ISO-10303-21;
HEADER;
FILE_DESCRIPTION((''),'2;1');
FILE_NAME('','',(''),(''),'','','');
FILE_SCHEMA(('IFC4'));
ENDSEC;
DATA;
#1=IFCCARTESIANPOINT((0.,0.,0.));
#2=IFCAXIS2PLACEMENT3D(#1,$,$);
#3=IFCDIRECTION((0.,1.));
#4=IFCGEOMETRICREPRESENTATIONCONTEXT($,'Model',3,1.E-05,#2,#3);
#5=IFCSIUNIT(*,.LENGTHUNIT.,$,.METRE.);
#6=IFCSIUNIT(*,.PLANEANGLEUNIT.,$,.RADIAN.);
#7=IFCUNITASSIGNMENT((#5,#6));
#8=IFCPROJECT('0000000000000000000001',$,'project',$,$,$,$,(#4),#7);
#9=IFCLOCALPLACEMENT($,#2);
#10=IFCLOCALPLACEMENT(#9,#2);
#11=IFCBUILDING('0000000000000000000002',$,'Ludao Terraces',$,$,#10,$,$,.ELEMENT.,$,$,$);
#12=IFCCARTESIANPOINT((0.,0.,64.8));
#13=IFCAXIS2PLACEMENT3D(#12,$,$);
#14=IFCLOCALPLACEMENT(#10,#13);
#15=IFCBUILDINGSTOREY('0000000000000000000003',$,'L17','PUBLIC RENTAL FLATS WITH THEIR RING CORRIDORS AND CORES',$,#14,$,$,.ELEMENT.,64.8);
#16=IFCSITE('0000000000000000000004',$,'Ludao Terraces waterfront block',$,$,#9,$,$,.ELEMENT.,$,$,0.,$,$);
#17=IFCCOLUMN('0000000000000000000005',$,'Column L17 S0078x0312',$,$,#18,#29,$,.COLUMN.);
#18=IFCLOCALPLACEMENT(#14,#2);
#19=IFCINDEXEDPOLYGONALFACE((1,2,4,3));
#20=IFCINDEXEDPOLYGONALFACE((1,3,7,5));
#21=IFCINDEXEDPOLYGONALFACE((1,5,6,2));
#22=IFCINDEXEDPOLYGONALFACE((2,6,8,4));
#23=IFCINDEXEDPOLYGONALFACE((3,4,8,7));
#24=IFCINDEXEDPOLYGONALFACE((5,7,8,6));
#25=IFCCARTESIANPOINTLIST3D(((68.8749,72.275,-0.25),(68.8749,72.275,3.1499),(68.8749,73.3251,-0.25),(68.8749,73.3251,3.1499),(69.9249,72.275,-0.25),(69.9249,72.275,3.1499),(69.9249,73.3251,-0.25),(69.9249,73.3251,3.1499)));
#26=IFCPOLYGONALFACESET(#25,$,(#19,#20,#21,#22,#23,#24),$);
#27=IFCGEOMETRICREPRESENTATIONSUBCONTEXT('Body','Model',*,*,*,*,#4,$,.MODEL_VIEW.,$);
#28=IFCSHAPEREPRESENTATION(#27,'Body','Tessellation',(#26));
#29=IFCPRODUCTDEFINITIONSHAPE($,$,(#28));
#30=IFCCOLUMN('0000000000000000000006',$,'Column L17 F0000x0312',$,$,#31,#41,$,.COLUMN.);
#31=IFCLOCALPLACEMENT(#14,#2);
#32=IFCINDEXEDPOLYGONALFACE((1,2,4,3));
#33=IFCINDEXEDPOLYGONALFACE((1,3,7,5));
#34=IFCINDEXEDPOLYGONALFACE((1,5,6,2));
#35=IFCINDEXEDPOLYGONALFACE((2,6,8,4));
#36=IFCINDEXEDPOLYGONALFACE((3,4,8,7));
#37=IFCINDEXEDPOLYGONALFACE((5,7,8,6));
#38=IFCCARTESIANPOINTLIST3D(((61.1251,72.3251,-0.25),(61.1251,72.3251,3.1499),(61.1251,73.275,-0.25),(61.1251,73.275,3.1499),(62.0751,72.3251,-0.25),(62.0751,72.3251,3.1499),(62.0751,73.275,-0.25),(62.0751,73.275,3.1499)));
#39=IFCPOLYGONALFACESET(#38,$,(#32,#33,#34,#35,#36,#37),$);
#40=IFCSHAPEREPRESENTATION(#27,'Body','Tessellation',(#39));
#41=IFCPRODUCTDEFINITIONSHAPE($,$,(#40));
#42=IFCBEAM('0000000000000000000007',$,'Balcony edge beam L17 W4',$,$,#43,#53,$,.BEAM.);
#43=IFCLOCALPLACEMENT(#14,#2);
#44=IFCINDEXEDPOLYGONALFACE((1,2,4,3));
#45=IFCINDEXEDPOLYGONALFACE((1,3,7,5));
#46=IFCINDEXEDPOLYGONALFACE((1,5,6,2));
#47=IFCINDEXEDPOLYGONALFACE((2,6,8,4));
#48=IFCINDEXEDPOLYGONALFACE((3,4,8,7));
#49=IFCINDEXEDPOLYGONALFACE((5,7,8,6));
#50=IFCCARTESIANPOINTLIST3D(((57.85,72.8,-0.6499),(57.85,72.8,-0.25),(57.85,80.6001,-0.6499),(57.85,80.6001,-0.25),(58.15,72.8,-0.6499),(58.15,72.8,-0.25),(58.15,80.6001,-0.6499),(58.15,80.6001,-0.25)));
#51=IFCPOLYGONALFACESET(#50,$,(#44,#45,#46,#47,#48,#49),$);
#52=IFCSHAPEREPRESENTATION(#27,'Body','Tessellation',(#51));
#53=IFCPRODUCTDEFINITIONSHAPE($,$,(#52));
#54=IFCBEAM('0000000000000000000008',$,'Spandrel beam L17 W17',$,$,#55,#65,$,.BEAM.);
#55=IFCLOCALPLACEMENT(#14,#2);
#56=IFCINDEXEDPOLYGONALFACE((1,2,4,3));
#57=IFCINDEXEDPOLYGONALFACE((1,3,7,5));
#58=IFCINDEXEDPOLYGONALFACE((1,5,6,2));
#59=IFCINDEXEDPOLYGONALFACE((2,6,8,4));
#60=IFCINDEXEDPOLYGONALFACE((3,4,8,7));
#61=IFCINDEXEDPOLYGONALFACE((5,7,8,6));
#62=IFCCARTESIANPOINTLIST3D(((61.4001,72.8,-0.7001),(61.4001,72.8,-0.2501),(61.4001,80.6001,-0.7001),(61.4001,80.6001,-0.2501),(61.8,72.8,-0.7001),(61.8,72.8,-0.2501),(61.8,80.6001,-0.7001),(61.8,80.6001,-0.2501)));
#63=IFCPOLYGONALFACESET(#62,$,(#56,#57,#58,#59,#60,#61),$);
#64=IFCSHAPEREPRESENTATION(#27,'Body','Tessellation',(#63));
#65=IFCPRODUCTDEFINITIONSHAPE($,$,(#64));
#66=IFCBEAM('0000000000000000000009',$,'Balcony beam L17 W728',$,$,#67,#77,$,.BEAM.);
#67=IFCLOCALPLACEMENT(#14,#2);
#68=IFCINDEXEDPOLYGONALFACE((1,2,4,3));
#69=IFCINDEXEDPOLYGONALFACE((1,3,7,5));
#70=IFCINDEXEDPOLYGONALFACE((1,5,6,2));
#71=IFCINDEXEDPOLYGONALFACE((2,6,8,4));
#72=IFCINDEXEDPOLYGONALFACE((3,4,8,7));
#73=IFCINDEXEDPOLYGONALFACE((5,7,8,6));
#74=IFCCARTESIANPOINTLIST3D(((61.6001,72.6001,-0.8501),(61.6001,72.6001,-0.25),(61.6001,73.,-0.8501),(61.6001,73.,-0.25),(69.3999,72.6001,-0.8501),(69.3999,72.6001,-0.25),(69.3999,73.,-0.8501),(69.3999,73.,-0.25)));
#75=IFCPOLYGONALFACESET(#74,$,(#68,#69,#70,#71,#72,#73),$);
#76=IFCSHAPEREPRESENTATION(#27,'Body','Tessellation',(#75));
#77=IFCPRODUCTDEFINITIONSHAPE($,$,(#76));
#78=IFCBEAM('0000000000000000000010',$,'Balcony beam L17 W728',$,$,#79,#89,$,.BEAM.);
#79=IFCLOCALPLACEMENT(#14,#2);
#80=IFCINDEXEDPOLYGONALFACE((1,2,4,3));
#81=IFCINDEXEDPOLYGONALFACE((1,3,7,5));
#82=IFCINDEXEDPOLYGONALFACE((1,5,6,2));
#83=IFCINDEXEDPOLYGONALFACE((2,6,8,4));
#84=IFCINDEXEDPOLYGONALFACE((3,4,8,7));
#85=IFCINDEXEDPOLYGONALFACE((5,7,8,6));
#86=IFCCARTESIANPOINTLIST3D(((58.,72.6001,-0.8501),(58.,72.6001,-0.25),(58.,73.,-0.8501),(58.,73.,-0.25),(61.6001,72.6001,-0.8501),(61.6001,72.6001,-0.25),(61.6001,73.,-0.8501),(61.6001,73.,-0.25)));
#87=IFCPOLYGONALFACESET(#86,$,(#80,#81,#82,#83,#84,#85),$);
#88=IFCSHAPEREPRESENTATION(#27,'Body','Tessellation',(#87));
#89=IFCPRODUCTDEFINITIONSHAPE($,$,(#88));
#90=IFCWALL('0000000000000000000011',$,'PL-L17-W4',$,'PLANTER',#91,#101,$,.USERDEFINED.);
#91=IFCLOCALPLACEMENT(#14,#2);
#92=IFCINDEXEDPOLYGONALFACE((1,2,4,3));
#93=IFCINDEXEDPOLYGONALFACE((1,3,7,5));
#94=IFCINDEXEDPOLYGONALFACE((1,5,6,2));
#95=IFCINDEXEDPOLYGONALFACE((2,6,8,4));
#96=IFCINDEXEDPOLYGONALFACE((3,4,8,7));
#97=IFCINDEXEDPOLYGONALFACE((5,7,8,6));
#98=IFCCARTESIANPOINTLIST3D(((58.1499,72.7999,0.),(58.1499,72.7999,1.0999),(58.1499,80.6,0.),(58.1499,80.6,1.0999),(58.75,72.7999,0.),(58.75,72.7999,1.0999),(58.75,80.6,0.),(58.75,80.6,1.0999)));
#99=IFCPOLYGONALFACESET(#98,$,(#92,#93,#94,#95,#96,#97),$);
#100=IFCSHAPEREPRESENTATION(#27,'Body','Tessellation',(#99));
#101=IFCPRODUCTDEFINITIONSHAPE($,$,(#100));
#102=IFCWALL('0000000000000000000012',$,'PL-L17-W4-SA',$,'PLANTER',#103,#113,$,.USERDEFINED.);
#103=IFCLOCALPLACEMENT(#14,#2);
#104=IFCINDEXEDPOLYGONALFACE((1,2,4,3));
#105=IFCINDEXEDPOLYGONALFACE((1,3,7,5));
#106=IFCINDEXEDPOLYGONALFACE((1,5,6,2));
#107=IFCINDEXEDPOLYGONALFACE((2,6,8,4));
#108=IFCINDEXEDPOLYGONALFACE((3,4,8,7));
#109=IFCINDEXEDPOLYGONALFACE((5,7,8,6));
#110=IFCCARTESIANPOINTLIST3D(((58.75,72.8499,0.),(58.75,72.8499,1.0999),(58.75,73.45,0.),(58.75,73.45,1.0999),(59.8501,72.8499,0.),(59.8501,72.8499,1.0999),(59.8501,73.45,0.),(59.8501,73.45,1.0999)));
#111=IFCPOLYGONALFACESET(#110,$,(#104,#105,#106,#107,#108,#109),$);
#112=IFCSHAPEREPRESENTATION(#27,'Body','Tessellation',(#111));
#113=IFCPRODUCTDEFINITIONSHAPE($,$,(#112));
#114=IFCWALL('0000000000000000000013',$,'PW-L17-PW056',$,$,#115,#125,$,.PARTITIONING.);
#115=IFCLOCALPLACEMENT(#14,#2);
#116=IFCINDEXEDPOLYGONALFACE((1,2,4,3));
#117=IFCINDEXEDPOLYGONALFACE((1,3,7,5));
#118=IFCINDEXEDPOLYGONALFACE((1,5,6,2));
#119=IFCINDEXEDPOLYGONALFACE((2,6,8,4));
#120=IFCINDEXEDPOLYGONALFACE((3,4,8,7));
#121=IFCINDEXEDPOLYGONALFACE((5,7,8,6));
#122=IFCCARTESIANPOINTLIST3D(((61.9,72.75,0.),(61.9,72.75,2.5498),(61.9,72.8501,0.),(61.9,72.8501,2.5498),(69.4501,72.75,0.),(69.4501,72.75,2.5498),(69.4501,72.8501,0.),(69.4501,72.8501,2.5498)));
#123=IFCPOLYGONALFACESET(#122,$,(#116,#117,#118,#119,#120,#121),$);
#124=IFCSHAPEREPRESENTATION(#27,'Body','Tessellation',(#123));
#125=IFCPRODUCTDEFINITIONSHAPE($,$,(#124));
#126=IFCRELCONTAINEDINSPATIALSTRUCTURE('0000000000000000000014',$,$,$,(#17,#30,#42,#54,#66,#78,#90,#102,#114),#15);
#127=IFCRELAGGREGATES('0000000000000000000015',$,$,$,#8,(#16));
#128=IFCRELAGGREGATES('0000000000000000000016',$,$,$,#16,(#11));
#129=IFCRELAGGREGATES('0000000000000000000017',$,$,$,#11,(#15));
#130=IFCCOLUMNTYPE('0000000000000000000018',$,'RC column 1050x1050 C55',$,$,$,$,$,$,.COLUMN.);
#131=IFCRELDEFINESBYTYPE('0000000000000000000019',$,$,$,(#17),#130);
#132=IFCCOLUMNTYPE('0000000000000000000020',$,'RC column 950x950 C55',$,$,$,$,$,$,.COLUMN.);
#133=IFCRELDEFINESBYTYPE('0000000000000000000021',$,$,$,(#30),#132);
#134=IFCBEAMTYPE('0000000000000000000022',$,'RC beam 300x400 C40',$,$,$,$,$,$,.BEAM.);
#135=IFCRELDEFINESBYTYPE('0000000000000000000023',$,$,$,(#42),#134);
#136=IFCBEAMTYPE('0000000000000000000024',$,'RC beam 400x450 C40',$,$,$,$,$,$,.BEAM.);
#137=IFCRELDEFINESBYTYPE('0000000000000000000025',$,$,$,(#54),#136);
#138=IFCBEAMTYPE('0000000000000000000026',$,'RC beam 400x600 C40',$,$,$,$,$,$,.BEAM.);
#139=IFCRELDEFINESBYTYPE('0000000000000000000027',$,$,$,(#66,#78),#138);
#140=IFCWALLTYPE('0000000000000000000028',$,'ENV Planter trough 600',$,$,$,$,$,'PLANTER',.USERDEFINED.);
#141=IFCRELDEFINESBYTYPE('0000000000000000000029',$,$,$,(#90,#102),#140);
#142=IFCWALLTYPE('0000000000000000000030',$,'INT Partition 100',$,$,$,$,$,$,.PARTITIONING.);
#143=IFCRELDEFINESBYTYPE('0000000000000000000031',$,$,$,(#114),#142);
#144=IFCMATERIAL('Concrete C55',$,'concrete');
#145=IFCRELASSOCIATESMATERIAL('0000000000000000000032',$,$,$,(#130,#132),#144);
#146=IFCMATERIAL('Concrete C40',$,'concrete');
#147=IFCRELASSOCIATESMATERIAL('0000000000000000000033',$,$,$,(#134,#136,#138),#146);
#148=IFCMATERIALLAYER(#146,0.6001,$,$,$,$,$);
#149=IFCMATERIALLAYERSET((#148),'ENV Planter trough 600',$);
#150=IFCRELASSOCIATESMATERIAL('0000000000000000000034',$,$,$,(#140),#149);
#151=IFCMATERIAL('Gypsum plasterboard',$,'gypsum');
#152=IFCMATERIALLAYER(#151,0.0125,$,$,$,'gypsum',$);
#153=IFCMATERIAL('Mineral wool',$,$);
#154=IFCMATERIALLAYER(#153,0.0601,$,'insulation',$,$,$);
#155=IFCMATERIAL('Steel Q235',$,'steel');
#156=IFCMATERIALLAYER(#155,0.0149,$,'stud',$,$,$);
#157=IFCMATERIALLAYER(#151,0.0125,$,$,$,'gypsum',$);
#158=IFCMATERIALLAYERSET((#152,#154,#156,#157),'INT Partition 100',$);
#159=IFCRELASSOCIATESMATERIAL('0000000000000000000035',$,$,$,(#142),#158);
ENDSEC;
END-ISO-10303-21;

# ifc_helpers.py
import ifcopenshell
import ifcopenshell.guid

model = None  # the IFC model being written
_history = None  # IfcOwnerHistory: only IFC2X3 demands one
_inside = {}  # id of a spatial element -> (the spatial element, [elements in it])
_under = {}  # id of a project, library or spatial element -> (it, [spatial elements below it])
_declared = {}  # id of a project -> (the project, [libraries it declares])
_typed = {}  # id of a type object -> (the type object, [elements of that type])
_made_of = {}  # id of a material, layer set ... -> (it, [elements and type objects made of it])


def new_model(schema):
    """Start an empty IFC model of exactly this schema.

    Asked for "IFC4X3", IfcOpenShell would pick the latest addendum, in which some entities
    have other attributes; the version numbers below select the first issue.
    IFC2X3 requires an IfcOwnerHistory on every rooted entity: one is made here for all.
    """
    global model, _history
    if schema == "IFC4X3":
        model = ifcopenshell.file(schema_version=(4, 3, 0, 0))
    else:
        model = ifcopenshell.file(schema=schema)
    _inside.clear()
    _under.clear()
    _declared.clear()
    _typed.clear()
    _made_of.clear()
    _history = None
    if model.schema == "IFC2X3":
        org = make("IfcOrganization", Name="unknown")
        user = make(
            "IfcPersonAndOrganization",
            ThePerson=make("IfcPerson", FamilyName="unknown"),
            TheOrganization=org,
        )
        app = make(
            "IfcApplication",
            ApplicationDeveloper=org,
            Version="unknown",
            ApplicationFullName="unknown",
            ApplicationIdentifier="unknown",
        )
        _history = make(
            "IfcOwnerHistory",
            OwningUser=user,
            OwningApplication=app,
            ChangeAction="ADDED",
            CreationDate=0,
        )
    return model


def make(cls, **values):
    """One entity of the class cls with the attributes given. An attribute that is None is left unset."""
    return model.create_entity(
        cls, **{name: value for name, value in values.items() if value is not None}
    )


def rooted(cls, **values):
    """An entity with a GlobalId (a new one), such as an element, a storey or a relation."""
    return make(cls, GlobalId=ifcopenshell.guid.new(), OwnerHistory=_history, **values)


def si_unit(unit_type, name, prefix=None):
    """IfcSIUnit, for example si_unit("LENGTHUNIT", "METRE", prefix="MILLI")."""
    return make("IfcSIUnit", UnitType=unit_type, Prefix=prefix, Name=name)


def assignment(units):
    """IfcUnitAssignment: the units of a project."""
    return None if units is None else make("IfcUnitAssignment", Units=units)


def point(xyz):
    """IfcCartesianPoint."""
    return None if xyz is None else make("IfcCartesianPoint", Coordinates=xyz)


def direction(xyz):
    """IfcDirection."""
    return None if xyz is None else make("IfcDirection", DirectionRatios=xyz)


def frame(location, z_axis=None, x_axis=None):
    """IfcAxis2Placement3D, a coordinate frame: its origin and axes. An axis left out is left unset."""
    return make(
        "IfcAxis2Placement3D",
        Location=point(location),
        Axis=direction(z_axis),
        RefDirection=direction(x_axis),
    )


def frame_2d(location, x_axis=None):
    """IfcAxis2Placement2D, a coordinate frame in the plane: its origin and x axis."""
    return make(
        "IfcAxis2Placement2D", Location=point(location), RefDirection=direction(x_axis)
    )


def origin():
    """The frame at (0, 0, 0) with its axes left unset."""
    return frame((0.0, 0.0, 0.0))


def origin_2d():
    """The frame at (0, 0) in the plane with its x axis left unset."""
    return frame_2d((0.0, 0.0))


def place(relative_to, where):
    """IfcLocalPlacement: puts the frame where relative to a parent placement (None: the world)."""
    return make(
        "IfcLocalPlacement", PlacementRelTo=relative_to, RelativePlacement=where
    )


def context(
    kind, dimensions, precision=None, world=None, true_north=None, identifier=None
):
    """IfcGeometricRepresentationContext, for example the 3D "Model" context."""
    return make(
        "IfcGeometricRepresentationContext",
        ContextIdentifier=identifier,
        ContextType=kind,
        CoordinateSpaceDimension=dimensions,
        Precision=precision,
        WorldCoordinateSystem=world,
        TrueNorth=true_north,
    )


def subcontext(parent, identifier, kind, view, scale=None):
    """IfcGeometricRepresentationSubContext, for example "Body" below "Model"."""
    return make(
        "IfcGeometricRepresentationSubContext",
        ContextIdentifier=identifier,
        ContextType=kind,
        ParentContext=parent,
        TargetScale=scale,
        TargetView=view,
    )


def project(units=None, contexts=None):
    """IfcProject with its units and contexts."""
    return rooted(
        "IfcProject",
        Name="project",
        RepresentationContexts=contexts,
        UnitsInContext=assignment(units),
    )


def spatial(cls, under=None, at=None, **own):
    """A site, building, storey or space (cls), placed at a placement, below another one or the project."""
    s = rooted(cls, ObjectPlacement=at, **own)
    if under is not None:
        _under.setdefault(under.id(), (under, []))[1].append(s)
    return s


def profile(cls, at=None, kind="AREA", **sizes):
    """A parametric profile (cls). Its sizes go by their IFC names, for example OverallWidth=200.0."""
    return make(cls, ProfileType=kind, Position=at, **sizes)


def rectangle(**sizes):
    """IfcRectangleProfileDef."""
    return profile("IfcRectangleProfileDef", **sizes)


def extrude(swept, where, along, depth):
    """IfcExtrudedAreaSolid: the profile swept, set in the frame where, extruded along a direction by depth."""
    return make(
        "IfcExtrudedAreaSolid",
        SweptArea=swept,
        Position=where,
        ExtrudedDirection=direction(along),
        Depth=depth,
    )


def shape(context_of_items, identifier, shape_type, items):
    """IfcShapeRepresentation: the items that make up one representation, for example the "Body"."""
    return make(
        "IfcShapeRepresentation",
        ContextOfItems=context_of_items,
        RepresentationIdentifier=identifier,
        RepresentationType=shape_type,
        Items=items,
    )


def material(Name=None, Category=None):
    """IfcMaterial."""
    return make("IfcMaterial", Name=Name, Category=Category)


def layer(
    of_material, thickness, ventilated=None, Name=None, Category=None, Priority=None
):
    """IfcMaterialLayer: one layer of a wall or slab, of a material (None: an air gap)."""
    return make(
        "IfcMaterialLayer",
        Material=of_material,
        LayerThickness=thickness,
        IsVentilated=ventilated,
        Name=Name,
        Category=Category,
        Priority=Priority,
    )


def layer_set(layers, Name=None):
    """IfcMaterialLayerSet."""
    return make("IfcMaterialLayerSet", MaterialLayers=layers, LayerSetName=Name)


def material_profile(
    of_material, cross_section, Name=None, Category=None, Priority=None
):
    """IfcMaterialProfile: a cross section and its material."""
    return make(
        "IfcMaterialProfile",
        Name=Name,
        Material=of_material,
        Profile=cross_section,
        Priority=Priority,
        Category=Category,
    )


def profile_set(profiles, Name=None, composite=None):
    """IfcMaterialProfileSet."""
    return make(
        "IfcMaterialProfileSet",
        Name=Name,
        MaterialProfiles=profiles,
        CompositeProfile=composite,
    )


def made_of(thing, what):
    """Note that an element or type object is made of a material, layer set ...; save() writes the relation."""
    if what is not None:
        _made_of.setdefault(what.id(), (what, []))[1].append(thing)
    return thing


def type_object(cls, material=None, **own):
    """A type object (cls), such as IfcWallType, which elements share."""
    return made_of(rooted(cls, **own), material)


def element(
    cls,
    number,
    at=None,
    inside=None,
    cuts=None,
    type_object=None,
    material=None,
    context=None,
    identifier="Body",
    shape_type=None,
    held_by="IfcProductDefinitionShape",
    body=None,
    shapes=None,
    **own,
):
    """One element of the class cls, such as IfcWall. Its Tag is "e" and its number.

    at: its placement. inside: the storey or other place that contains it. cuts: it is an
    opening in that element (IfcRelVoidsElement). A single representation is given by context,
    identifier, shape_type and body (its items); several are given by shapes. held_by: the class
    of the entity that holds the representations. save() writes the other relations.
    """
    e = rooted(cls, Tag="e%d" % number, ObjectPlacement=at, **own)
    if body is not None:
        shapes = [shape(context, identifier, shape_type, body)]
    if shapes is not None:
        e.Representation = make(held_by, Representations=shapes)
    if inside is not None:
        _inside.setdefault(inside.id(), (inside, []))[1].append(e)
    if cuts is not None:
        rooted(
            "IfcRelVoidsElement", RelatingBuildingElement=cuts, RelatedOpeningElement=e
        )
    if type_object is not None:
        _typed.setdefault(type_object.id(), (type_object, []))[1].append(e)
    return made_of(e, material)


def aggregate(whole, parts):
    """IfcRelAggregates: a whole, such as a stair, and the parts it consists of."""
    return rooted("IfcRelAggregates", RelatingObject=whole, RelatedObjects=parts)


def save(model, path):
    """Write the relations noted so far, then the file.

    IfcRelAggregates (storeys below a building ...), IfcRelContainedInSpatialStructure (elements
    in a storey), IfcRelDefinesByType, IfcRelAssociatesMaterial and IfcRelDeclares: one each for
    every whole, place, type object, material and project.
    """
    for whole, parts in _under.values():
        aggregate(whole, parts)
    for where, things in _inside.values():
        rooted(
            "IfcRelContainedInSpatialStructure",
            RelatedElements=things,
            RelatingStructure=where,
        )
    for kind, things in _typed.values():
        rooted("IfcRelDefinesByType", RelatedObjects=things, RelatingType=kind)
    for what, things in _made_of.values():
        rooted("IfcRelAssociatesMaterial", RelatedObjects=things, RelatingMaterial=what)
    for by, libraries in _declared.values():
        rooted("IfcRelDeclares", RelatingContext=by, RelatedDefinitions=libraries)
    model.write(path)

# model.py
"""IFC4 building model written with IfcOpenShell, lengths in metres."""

from ifc_helpers import new_model, si_unit, direction, frame, frame_2d, origin, origin_2d, place, context, subcontext, project, spatial, rectangle, extrude, material, layer, layer_set, material_profile, profile_set, type_object, element, save


model = new_model("IFC4")

# Units and contexts
model_context = context("Model", 3, precision=1e-05, world=origin(), true_north=direction((0.0, 1.0)))
body_context = subcontext(model_context, "Body", "Model", "MODEL_VIEW")
ifc_project = project(units=[si_unit("LENGTHUNIT", "METRE"), si_unit("PLANEANGLEUNIT", "RADIAN")], contexts=[model_context])

# Site, building, storey
site_placement = place(None, origin())
site = spatial("IfcSite", under=ifc_project, at=site_placement, Name="Ludao Terraces waterfront block", CompositionType="ELEMENT", RefElevation=0.0)
building_placement = place(site_placement, origin())
building = spatial("IfcBuilding", under=site, at=building_placement, Name="Ludao Terraces", CompositionType="ELEMENT")
storey_placement = place(building_placement, frame((0.0, 0.0, 64.8)))
storey = spatial("IfcBuildingStorey", under=building, at=storey_placement, Name="L17", Description="PUBLIC RENTAL FLATS WITH THEIR RING CORRIDORS AND CORES", CompositionType="ELEMENT", Elevation=64.8)

# Columns
ifc_material_1 = material(Name="Concrete C55", Category="concrete")
ifc_material_profile_1 = material_profile(ifc_material_1, rectangle(XDim=1.05, YDim=1.05, at=origin_2d()), Name="1050 X 1050")
ifc_profile_set_1 = profile_set([ifc_material_profile_1], Name="Concrete C55")
column_type_1 = type_object("IfcColumnType", Name="RC column 1050x1050 C55", PredefinedType="COLUMN", material=ifc_profile_set_1)
column_1_placement = place(storey_placement, frame((69.3999, 72.8, -0.25), z_axis=(0.0, 0.0, 1.0), x_axis=(1.0, 0.0, 0.0)))
element("IfcColumn", 1, at=column_1_placement, inside=storey, type_object=column_type_1, Name="Column L17 S0078x0312", PredefinedType="COLUMN", context=body_context, shape_type="SweptSolid", body=[
    extrude(rectangle(XDim=1.05, YDim=1.05, at=origin_2d()), origin(), (0.0, 0.0, 1.0), 3.3999),
])
ifc_material_profile_2 = material_profile(ifc_material_1, rectangle(XDim=0.95, YDim=0.95, at=origin_2d()), Name="950 X 950")
ifc_profile_set_2 = profile_set([ifc_material_profile_2], Name="Concrete C55")
column_type_2 = type_object("IfcColumnType", Name="RC column 950x950 C55", PredefinedType="COLUMN", material=ifc_profile_set_2)
column_2_placement = place(storey_placement, frame((61.6001, 72.8, -0.25), z_axis=(0.0, 0.0, 1.0), x_axis=(1.0, 0.0, 0.0)))
element("IfcColumn", 2, at=column_2_placement, inside=storey, type_object=column_type_2, Name="Column L17 F0000x0312", PredefinedType="COLUMN", context=body_context, shape_type="SweptSolid", body=[
    extrude(rectangle(XDim=0.95, YDim=0.95, at=origin_2d()), origin(), (0.0, 0.0, 1.0), 3.3999),
])

# Beams
ifc_material_2 = material(Name="Concrete C40", Category="concrete")
ifc_material_profile_3 = material_profile(ifc_material_2, rectangle(XDim=0.3, YDim=0.3999, at=origin_2d()), Name="300 X 400")
ifc_profile_set_3 = profile_set([ifc_material_profile_3], Name="Concrete C40")
beam_type_1 = type_object("IfcBeamType", Name="RC beam 300x400 C40", PredefinedType="BEAM", material=ifc_profile_set_3)
beam_1_placement = place(storey_placement, frame((58.0, 72.8, -0.45), z_axis=(0.0, 1.0, 0.0), x_axis=(-1.0, 0.0, 0.0)))
element("IfcBeam", 3, at=beam_1_placement, inside=storey, type_object=beam_type_1, Name="Balcony edge beam L17 W4", PredefinedType="BEAM", context=body_context, shape_type="SweptSolid", body=[
    extrude(rectangle(XDim=0.3, YDim=0.3999, at=origin_2d()), origin(), (0.0, 0.0, 1.0), 7.8),
])
ifc_material_profile_4 = material_profile(ifc_material_2, rectangle(XDim=0.3999, YDim=0.45, at=origin_2d()), Name="400 X 450")
ifc_profile_set_4 = profile_set([ifc_material_profile_4], Name="Concrete C40")
beam_type_2 = type_object("IfcBeamType", Name="RC beam 400x450 C40", PredefinedType="BEAM", material=ifc_profile_set_4)
beam_2_placement = place(storey_placement, frame((61.6001, 72.8, -0.4751), z_axis=(0.0, 1.0, 0.0), x_axis=(-1.0, 0.0, 0.0)))
element("IfcBeam", 4, at=beam_2_placement, inside=storey, type_object=beam_type_2, Name="Spandrel beam L17 W17", PredefinedType="BEAM", context=body_context, shape_type="SweptSolid", body=[
    extrude(rectangle(XDim=0.3999, YDim=0.45, at=origin_2d()), origin(), (0.0, 0.0, 1.0), 7.8),
])
ifc_material_profile_5 = material_profile(ifc_material_2, rectangle(XDim=0.3999, YDim=0.6001, at=origin_2d()), Name="400 X 600")
ifc_profile_set_5 = profile_set([ifc_material_profile_5], Name="Concrete C40")
beam_type_3 = type_object("IfcBeamType", Name="RC beam 400x600 C40", PredefinedType="BEAM", material=ifc_profile_set_5)
beam_3_placement = place(storey_placement, frame((69.3999, 72.8, -0.55), z_axis=(-1.0, 0.0, 0.0), x_axis=(0.0, -1.0, 0.0)))
element("IfcBeam", 5, at=beam_3_placement, inside=storey, type_object=beam_type_3, Name="Balcony beam L17 W728", PredefinedType="BEAM", context=body_context, shape_type="SweptSolid", body=[
    extrude(rectangle(XDim=0.3999, YDim=0.6001, at=origin_2d()), origin(), (0.0, 0.0, 1.0), 7.7998),
])
beam_4_placement = place(storey_placement, frame((61.6001, 72.8, -0.55), z_axis=(-1.0, 0.0, 0.0), x_axis=(0.0, -1.0, 0.0)))
element("IfcBeam", 6, at=beam_4_placement, inside=storey, type_object=beam_type_3, Name="Balcony beam L17 W728", PredefinedType="BEAM", context=body_context, shape_type="SweptSolid", body=[
    extrude(rectangle(XDim=0.3999, YDim=0.6001, at=origin_2d()), origin(), (0.0, 0.0, 1.0), 3.6001),
])

# Walls
ifc_layer_1 = layer(ifc_material_2, 0.6001)
ifc_layer_set_1 = layer_set([ifc_layer_1], Name="ENV Planter trough 600")
wall_type_1 = type_object("IfcWallType", Name="ENV Planter trough 600", ElementType="PLANTER", PredefinedType="USERDEFINED", material=ifc_layer_set_1)
wall_1_placement = place(storey_placement, frame((58.45, 72.8, 0.0), z_axis=(0.0, 0.0, 1.0), x_axis=(0.0, 1.0, 0.0)))
element("IfcWall", 7, at=wall_1_placement, inside=storey, type_object=wall_type_1, Name="PL-L17-W4", ObjectType="PLANTER", PredefinedType="USERDEFINED", context=body_context, shape_type="SweptSolid", body=[
    extrude(rectangle(XDim=7.8, YDim=0.6001, at=frame_2d((3.8999, 0.0))), origin(), (0.0, 0.0, 1.0), 1.0999),
])
wall_2_placement = place(storey_placement, frame((58.75, 73.1499, 0.0), z_axis=(0.0, 0.0, 1.0), x_axis=(1.0, 0.0, 0.0)))
element("IfcWall", 8, at=wall_2_placement, inside=storey, type_object=wall_type_1, Name="PL-L17-W4-SA", ObjectType="PLANTER", PredefinedType="USERDEFINED", context=body_context, shape_type="SweptSolid", body=[
    extrude(rectangle(XDim=1.1001, YDim=0.6001, at=frame_2d((0.55, 0.0))), origin(), (0.0, 0.0, 1.0), 1.0999),
])

# Shared definitions
ifc_material_3 = material(Name="Mineral wool")

# Wall
ifc_material_4 = material(Name="Gypsum plasterboard", Category="gypsum")
ifc_layer_2 = layer(ifc_material_4, 0.0125, Category="gypsum")
ifc_layer_3 = layer(ifc_material_3, 0.0601, Name="insulation")
ifc_material_5 = material(Name="Steel Q235", Category="steel")
ifc_layer_4 = layer(ifc_material_5, 0.0149, Name="stud")
ifc_layer_5 = layer(ifc_material_4, 0.0125, Category="gypsum")
ifc_layer_set_2 = layer_set([ifc_layer_2, ifc_layer_3, ifc_layer_4, ifc_layer_5], Name="INT Partition 100")
wall_type_2 = type_object("IfcWallType", Name="INT Partition 100", PredefinedType="PARTITIONING", material=ifc_layer_set_2)
wall_3_placement = place(storey_placement, frame((61.9001, 72.8, 0.0), z_axis=(0.0, 0.0, 1.0), x_axis=(1.0, 0.0, 0.0)))
element("IfcWall", 9, at=wall_3_placement, inside=storey, type_object=wall_type_2, Name="PW-L17-PW056", PredefinedType="PARTITIONING", context=body_context, shape_type="SweptSolid", body=[
    extrude(rectangle(XDim=7.55, YDim=0.1001, at=frame_2d((3.7749, 0.0))), origin(), (0.0, 0.0, 1.0), 2.5498),
])

save(model, "model.ifc")
